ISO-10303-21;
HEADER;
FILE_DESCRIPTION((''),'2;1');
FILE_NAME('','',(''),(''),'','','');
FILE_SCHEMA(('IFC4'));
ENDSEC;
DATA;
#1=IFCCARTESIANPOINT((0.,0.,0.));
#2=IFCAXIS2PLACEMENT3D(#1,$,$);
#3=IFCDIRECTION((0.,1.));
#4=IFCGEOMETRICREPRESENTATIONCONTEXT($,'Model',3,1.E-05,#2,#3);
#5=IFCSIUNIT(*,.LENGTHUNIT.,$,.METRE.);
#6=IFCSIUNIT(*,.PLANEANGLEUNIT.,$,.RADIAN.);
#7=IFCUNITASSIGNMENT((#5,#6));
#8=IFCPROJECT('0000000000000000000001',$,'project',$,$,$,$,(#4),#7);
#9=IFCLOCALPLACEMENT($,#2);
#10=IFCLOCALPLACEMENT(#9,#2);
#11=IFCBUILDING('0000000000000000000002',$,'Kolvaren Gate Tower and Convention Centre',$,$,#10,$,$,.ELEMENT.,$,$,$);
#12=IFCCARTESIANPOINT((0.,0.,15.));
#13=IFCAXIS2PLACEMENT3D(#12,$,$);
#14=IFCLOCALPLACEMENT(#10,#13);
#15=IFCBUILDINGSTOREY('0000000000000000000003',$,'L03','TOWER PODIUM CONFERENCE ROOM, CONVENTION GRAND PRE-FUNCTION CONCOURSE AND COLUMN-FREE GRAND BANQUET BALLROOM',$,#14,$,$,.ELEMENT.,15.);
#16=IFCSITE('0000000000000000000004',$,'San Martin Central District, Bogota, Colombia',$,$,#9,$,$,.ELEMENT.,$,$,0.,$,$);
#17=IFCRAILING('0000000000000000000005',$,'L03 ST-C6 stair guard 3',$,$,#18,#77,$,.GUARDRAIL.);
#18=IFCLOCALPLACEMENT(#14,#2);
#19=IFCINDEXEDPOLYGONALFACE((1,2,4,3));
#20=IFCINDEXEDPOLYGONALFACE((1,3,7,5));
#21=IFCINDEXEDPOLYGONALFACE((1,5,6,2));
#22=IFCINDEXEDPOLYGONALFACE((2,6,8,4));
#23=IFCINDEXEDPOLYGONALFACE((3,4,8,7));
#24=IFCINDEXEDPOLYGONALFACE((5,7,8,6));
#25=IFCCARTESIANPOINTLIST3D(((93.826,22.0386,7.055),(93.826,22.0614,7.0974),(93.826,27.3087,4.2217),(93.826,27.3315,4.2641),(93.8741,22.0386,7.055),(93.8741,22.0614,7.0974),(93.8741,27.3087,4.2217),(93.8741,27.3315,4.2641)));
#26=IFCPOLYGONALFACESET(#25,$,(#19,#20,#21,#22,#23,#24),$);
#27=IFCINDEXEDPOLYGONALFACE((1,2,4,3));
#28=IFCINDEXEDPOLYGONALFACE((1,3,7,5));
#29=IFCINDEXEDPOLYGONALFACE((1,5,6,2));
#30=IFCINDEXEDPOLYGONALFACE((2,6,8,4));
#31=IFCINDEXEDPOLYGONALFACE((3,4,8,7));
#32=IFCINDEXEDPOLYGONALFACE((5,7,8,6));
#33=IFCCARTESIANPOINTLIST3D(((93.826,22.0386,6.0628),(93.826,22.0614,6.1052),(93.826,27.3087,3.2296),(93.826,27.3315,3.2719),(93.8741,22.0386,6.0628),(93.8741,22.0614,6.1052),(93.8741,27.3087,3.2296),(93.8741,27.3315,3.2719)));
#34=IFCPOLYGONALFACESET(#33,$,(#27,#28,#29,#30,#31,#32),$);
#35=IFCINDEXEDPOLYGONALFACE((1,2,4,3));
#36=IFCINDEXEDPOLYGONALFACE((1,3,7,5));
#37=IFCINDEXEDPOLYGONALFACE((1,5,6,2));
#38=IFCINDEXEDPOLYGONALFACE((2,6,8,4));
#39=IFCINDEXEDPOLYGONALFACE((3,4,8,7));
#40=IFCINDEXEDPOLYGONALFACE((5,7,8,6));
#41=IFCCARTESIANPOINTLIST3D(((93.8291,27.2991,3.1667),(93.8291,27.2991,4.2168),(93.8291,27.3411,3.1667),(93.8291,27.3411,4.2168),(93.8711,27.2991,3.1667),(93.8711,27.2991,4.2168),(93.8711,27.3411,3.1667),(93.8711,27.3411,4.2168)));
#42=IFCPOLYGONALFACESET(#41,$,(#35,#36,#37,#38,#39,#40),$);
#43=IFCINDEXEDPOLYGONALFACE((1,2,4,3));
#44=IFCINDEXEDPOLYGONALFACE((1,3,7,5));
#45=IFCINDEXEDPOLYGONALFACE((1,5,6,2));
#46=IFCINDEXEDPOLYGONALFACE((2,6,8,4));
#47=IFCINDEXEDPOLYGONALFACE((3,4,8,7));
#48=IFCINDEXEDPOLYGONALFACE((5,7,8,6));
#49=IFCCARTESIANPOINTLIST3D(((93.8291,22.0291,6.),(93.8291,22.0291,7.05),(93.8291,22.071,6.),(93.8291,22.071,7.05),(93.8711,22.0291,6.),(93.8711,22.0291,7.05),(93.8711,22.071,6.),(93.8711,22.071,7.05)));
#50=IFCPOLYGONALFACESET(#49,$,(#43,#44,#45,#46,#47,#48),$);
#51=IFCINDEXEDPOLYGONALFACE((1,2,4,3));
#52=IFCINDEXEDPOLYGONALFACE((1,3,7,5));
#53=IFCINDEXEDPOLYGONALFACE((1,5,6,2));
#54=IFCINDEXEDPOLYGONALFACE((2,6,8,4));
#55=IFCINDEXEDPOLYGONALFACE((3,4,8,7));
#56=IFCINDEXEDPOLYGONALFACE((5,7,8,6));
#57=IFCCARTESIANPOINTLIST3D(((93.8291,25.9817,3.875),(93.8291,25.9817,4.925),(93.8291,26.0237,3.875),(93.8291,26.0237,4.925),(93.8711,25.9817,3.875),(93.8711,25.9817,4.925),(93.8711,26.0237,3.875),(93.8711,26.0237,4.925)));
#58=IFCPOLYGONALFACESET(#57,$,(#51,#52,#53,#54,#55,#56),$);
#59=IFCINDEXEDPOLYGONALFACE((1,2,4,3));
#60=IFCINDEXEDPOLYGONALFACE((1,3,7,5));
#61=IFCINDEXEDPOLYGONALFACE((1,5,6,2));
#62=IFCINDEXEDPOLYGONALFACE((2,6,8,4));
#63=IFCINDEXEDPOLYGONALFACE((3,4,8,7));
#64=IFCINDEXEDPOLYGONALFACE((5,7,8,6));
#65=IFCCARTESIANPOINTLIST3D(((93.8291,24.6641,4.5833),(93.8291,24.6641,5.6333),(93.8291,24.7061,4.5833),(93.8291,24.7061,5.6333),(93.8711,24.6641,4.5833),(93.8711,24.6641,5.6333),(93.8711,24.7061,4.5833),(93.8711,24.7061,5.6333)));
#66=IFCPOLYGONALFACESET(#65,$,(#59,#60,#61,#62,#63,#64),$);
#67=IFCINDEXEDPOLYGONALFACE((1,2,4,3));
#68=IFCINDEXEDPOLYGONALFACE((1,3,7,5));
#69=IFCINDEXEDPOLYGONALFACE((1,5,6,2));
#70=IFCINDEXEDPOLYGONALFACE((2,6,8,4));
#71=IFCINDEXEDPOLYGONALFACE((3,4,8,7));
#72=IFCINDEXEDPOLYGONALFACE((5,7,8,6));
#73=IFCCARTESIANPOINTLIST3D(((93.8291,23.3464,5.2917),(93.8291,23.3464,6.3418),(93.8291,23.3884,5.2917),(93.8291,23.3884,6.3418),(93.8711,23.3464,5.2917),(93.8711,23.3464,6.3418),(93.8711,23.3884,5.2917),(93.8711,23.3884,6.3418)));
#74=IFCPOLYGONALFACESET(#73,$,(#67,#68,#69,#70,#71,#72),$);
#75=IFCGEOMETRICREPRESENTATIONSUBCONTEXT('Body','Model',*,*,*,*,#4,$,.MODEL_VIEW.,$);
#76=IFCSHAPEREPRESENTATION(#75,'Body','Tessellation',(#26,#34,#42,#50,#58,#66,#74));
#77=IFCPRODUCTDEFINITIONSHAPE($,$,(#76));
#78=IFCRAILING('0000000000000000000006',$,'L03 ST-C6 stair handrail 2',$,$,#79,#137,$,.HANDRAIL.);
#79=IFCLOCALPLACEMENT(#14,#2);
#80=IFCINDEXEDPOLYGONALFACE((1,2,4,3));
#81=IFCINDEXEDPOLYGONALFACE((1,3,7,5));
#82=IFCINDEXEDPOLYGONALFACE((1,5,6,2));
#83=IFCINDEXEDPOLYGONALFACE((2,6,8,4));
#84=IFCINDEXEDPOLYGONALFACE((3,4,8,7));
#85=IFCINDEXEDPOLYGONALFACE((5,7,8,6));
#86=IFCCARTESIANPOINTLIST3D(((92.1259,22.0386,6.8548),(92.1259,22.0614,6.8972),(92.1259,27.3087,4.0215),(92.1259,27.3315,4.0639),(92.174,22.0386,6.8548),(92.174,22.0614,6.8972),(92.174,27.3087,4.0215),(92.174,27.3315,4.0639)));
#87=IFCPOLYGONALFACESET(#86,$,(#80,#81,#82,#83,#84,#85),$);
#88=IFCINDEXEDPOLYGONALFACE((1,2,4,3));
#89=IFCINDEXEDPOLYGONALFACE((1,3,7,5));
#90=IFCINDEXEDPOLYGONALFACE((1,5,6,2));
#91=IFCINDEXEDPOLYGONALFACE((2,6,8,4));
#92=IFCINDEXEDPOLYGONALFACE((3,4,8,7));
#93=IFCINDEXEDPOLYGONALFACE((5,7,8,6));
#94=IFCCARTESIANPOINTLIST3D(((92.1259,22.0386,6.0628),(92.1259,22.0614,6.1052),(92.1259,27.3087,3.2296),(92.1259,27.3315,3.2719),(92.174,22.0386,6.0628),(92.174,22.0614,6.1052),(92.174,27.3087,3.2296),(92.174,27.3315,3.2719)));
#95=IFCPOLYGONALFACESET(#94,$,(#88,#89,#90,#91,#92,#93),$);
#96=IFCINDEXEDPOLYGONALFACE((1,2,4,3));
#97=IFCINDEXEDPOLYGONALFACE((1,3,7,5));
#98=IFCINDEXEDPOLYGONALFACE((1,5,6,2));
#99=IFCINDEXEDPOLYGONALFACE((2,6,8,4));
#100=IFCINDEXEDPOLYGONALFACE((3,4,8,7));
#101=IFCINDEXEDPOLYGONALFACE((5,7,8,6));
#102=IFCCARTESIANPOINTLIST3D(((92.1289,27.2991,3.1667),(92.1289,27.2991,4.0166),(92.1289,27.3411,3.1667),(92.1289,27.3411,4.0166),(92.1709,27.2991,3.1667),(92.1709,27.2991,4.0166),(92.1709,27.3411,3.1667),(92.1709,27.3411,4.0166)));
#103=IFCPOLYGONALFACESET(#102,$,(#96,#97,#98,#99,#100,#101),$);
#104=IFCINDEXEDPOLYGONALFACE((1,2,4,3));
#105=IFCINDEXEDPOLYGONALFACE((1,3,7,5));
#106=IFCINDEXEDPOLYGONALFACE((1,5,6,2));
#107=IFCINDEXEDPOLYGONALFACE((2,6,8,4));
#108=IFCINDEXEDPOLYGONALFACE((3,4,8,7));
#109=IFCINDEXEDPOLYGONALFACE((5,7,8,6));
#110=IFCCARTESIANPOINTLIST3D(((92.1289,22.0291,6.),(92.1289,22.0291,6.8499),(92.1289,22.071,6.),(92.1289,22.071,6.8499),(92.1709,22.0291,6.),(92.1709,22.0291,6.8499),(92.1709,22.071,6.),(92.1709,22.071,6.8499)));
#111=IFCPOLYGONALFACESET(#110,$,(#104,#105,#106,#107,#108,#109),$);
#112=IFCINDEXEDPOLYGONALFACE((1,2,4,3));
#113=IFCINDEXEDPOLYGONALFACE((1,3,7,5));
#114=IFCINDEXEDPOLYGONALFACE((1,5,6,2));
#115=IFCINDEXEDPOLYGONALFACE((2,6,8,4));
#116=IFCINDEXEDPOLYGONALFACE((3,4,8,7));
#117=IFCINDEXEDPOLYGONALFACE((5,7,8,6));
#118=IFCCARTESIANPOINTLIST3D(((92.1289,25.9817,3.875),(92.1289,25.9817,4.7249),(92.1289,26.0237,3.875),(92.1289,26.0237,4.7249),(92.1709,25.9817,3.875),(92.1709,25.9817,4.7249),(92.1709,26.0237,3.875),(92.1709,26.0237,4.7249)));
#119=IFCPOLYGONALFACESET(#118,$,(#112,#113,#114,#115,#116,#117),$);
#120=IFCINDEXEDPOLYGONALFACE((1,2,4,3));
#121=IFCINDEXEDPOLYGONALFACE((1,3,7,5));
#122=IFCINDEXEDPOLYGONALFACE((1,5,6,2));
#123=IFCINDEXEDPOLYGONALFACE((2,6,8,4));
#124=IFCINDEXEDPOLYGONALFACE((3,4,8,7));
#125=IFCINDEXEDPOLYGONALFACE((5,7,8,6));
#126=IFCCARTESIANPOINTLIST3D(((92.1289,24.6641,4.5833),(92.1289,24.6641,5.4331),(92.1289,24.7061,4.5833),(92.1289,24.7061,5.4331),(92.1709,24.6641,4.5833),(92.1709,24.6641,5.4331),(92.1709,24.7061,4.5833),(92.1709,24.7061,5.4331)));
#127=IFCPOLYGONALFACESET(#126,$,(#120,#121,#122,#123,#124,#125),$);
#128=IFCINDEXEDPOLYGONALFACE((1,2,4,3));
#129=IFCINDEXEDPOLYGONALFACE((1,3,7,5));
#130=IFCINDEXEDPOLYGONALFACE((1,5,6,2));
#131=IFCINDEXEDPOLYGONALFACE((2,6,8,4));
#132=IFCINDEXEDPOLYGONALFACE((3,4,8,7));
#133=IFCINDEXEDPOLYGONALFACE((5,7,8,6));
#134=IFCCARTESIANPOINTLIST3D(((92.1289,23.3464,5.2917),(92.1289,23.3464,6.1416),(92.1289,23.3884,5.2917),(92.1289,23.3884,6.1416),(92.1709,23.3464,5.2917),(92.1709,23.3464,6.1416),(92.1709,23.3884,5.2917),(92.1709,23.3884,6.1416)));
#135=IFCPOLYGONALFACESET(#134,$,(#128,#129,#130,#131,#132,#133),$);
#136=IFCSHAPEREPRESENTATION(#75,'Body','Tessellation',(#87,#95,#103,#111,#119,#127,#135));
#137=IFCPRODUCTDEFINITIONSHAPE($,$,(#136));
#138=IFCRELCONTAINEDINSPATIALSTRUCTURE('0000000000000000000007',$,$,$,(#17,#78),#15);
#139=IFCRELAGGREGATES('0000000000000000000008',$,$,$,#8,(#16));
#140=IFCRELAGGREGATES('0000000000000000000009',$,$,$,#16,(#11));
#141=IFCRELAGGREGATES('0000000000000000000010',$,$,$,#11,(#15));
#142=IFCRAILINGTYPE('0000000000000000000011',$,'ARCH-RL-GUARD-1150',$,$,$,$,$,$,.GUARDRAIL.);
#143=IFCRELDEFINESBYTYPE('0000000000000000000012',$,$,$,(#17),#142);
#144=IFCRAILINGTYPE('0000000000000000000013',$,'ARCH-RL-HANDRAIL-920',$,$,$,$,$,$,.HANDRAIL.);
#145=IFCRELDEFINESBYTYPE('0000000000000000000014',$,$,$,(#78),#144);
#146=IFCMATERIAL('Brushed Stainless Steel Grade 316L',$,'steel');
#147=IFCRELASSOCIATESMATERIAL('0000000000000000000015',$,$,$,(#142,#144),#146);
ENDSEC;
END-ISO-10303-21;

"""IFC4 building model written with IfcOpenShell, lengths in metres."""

from ifc_helpers import new_model, si_unit, direction, frame, origin, origin_2d, place, context, subcontext, project, spatial, rectangle, extrude, material, type_object, element, save


model = new_model("IFC4")

# Units and contexts
model_context = context("Model", 3, precision=1e-05, world=origin(), true_north=direction((0.0, 1.0)))
body_context = subcontext(model_context, "Body", "Model", "MODEL_VIEW")
ifc_project = project(units=[si_unit("LENGTHUNIT", "METRE"), si_unit("PLANEANGLEUNIT", "RADIAN")], contexts=[model_context])

# Site, building, storey
site_placement = place(None, origin())
site = spatial("IfcSite", under=ifc_project, at=site_placement, Name="San Martin Central District, Bogota, Colombia", CompositionType="ELEMENT", RefElevation=0.0)
building_placement = place(site_placement, origin())
building = spatial("IfcBuilding", under=site, at=building_placement, Name="Kolvaren Gate Tower and Convention Centre", CompositionType="ELEMENT")
storey_placement = place(building_placement, frame((0.0, 0.0, 15.0)))
storey = spatial("IfcBuildingStorey", under=building, at=storey_placement, Name="L03", Description="TOWER PODIUM CONFERENCE ROOM, CONVENTION GRAND PRE-FUNCTION CONCOURSE AND COLUMN-FREE GRAND BANQUET BALLROOM", CompositionType="ELEMENT", Elevation=15.0)

# Railings
ifc_material_1 = material(Name="Brushed Stainless Steel Grade 316L", Category="steel")
railing_type_1 = type_object("IfcRailingType", Name="ARCH-RL-GUARD-1150", PredefinedType="GUARDRAIL", material=ifc_material_1)
railing_1_placement = place(storey_placement, frame((93.8501, 27.3201, 3.1667)))
element("IfcRailing", 1, at=railing_1_placement, inside=storey, type_object=railing_type_1, Name="L03 ST-C6 stair guard 3", PredefinedType="GUARDRAIL", context=body_context, shape_type="SweptSolid", body=[
    extrude(rectangle(XDim=0.0481, YDim=0.0481, at=origin_2d()), frame((0.0, 0.0, 1.0762), z_axis=(0.0, -0.880781, 0.473523), x_axis=(1.0, 0.0, 0.0)), (0.0, 0.0, 1.0), 5.9834),
    extrude(rectangle(XDim=0.0481, YDim=0.0481, at=origin_2d()), frame((0.0, 0.0, 0.084), z_axis=(0.0, -0.880781, 0.473523), x_axis=(1.0, 0.0, 0.0)), (0.0, 0.0, 1.0), 5.9834),
    extrude(rectangle(XDim=0.042, YDim=0.042, at=origin_2d()), origin(), (0.0, 0.0, 1.0), 1.05),
    extrude(rectangle(XDim=0.042, YDim=0.042, at=origin_2d()), frame((0.0, -5.27, 2.8333)), (0.0, 0.0, 1.0), 1.05),
    extrude(rectangle(XDim=0.042, YDim=0.042, at=origin_2d()), frame((0.0, -1.3174, 0.7083)), (0.0, 0.0, 1.0), 1.05),
    extrude(rectangle(XDim=0.042, YDim=0.042, at=origin_2d()), frame((0.0, -2.635, 1.4165)), (0.0, 0.0, 1.0), 1.05),
    extrude(rectangle(XDim=0.042, YDim=0.042, at=origin_2d()), frame((0.0, -3.9526, 2.125)), (0.0, 0.0, 1.0), 1.05),
])
railing_type_2 = type_object("IfcRailingType", Name="ARCH-RL-HANDRAIL-920", PredefinedType="HANDRAIL", material=ifc_material_1)
railing_2_placement = place(storey_placement, frame((92.1499, 27.3201, 3.1667)))
element("IfcRailing", 2, at=railing_2_placement, inside=storey, type_object=railing_type_2, Name="L03 ST-C6 stair handrail 2", PredefinedType="HANDRAIL", context=body_context, shape_type="SweptSolid", body=[
    extrude(rectangle(XDim=0.0481, YDim=0.0481, at=origin_2d()), frame((0.0, 0.0, 0.876), z_axis=(0.0, -0.880781, 0.473523), x_axis=(1.0, 0.0, 0.0)), (0.0, 0.0, 1.0), 5.9834),
    extrude(rectangle(XDim=0.0481, YDim=0.0481, at=origin_2d()), frame((0.0, 0.0, 0.084), z_axis=(0.0, -0.880781, 0.473523), x_axis=(1.0, 0.0, 0.0)), (0.0, 0.0, 1.0), 5.9834),
    extrude(rectangle(XDim=0.042, YDim=0.042, at=origin_2d()), origin(), (0.0, 0.0, 1.0), 0.8499),
    extrude(rectangle(XDim=0.042, YDim=0.042, at=origin_2d()), frame((0.0, -5.27, 2.8333)), (0.0, 0.0, 1.0), 0.8499),
    extrude(rectangle(XDim=0.042, YDim=0.042, at=origin_2d()), frame((0.0, -1.3174, 0.7083)), (0.0, 0.0, 1.0), 0.8499),
    extrude(rectangle(XDim=0.042, YDim=0.042, at=origin_2d()), frame((0.0, -2.635, 1.4165)), (0.0, 0.0, 1.0), 0.8499),
    extrude(rectangle(XDim=0.042, YDim=0.042, at=origin_2d()), frame((0.0, -3.9526, 2.125)), (0.0, 0.0, 1.0), 0.8499),
])

save(model, "model.ifc")
